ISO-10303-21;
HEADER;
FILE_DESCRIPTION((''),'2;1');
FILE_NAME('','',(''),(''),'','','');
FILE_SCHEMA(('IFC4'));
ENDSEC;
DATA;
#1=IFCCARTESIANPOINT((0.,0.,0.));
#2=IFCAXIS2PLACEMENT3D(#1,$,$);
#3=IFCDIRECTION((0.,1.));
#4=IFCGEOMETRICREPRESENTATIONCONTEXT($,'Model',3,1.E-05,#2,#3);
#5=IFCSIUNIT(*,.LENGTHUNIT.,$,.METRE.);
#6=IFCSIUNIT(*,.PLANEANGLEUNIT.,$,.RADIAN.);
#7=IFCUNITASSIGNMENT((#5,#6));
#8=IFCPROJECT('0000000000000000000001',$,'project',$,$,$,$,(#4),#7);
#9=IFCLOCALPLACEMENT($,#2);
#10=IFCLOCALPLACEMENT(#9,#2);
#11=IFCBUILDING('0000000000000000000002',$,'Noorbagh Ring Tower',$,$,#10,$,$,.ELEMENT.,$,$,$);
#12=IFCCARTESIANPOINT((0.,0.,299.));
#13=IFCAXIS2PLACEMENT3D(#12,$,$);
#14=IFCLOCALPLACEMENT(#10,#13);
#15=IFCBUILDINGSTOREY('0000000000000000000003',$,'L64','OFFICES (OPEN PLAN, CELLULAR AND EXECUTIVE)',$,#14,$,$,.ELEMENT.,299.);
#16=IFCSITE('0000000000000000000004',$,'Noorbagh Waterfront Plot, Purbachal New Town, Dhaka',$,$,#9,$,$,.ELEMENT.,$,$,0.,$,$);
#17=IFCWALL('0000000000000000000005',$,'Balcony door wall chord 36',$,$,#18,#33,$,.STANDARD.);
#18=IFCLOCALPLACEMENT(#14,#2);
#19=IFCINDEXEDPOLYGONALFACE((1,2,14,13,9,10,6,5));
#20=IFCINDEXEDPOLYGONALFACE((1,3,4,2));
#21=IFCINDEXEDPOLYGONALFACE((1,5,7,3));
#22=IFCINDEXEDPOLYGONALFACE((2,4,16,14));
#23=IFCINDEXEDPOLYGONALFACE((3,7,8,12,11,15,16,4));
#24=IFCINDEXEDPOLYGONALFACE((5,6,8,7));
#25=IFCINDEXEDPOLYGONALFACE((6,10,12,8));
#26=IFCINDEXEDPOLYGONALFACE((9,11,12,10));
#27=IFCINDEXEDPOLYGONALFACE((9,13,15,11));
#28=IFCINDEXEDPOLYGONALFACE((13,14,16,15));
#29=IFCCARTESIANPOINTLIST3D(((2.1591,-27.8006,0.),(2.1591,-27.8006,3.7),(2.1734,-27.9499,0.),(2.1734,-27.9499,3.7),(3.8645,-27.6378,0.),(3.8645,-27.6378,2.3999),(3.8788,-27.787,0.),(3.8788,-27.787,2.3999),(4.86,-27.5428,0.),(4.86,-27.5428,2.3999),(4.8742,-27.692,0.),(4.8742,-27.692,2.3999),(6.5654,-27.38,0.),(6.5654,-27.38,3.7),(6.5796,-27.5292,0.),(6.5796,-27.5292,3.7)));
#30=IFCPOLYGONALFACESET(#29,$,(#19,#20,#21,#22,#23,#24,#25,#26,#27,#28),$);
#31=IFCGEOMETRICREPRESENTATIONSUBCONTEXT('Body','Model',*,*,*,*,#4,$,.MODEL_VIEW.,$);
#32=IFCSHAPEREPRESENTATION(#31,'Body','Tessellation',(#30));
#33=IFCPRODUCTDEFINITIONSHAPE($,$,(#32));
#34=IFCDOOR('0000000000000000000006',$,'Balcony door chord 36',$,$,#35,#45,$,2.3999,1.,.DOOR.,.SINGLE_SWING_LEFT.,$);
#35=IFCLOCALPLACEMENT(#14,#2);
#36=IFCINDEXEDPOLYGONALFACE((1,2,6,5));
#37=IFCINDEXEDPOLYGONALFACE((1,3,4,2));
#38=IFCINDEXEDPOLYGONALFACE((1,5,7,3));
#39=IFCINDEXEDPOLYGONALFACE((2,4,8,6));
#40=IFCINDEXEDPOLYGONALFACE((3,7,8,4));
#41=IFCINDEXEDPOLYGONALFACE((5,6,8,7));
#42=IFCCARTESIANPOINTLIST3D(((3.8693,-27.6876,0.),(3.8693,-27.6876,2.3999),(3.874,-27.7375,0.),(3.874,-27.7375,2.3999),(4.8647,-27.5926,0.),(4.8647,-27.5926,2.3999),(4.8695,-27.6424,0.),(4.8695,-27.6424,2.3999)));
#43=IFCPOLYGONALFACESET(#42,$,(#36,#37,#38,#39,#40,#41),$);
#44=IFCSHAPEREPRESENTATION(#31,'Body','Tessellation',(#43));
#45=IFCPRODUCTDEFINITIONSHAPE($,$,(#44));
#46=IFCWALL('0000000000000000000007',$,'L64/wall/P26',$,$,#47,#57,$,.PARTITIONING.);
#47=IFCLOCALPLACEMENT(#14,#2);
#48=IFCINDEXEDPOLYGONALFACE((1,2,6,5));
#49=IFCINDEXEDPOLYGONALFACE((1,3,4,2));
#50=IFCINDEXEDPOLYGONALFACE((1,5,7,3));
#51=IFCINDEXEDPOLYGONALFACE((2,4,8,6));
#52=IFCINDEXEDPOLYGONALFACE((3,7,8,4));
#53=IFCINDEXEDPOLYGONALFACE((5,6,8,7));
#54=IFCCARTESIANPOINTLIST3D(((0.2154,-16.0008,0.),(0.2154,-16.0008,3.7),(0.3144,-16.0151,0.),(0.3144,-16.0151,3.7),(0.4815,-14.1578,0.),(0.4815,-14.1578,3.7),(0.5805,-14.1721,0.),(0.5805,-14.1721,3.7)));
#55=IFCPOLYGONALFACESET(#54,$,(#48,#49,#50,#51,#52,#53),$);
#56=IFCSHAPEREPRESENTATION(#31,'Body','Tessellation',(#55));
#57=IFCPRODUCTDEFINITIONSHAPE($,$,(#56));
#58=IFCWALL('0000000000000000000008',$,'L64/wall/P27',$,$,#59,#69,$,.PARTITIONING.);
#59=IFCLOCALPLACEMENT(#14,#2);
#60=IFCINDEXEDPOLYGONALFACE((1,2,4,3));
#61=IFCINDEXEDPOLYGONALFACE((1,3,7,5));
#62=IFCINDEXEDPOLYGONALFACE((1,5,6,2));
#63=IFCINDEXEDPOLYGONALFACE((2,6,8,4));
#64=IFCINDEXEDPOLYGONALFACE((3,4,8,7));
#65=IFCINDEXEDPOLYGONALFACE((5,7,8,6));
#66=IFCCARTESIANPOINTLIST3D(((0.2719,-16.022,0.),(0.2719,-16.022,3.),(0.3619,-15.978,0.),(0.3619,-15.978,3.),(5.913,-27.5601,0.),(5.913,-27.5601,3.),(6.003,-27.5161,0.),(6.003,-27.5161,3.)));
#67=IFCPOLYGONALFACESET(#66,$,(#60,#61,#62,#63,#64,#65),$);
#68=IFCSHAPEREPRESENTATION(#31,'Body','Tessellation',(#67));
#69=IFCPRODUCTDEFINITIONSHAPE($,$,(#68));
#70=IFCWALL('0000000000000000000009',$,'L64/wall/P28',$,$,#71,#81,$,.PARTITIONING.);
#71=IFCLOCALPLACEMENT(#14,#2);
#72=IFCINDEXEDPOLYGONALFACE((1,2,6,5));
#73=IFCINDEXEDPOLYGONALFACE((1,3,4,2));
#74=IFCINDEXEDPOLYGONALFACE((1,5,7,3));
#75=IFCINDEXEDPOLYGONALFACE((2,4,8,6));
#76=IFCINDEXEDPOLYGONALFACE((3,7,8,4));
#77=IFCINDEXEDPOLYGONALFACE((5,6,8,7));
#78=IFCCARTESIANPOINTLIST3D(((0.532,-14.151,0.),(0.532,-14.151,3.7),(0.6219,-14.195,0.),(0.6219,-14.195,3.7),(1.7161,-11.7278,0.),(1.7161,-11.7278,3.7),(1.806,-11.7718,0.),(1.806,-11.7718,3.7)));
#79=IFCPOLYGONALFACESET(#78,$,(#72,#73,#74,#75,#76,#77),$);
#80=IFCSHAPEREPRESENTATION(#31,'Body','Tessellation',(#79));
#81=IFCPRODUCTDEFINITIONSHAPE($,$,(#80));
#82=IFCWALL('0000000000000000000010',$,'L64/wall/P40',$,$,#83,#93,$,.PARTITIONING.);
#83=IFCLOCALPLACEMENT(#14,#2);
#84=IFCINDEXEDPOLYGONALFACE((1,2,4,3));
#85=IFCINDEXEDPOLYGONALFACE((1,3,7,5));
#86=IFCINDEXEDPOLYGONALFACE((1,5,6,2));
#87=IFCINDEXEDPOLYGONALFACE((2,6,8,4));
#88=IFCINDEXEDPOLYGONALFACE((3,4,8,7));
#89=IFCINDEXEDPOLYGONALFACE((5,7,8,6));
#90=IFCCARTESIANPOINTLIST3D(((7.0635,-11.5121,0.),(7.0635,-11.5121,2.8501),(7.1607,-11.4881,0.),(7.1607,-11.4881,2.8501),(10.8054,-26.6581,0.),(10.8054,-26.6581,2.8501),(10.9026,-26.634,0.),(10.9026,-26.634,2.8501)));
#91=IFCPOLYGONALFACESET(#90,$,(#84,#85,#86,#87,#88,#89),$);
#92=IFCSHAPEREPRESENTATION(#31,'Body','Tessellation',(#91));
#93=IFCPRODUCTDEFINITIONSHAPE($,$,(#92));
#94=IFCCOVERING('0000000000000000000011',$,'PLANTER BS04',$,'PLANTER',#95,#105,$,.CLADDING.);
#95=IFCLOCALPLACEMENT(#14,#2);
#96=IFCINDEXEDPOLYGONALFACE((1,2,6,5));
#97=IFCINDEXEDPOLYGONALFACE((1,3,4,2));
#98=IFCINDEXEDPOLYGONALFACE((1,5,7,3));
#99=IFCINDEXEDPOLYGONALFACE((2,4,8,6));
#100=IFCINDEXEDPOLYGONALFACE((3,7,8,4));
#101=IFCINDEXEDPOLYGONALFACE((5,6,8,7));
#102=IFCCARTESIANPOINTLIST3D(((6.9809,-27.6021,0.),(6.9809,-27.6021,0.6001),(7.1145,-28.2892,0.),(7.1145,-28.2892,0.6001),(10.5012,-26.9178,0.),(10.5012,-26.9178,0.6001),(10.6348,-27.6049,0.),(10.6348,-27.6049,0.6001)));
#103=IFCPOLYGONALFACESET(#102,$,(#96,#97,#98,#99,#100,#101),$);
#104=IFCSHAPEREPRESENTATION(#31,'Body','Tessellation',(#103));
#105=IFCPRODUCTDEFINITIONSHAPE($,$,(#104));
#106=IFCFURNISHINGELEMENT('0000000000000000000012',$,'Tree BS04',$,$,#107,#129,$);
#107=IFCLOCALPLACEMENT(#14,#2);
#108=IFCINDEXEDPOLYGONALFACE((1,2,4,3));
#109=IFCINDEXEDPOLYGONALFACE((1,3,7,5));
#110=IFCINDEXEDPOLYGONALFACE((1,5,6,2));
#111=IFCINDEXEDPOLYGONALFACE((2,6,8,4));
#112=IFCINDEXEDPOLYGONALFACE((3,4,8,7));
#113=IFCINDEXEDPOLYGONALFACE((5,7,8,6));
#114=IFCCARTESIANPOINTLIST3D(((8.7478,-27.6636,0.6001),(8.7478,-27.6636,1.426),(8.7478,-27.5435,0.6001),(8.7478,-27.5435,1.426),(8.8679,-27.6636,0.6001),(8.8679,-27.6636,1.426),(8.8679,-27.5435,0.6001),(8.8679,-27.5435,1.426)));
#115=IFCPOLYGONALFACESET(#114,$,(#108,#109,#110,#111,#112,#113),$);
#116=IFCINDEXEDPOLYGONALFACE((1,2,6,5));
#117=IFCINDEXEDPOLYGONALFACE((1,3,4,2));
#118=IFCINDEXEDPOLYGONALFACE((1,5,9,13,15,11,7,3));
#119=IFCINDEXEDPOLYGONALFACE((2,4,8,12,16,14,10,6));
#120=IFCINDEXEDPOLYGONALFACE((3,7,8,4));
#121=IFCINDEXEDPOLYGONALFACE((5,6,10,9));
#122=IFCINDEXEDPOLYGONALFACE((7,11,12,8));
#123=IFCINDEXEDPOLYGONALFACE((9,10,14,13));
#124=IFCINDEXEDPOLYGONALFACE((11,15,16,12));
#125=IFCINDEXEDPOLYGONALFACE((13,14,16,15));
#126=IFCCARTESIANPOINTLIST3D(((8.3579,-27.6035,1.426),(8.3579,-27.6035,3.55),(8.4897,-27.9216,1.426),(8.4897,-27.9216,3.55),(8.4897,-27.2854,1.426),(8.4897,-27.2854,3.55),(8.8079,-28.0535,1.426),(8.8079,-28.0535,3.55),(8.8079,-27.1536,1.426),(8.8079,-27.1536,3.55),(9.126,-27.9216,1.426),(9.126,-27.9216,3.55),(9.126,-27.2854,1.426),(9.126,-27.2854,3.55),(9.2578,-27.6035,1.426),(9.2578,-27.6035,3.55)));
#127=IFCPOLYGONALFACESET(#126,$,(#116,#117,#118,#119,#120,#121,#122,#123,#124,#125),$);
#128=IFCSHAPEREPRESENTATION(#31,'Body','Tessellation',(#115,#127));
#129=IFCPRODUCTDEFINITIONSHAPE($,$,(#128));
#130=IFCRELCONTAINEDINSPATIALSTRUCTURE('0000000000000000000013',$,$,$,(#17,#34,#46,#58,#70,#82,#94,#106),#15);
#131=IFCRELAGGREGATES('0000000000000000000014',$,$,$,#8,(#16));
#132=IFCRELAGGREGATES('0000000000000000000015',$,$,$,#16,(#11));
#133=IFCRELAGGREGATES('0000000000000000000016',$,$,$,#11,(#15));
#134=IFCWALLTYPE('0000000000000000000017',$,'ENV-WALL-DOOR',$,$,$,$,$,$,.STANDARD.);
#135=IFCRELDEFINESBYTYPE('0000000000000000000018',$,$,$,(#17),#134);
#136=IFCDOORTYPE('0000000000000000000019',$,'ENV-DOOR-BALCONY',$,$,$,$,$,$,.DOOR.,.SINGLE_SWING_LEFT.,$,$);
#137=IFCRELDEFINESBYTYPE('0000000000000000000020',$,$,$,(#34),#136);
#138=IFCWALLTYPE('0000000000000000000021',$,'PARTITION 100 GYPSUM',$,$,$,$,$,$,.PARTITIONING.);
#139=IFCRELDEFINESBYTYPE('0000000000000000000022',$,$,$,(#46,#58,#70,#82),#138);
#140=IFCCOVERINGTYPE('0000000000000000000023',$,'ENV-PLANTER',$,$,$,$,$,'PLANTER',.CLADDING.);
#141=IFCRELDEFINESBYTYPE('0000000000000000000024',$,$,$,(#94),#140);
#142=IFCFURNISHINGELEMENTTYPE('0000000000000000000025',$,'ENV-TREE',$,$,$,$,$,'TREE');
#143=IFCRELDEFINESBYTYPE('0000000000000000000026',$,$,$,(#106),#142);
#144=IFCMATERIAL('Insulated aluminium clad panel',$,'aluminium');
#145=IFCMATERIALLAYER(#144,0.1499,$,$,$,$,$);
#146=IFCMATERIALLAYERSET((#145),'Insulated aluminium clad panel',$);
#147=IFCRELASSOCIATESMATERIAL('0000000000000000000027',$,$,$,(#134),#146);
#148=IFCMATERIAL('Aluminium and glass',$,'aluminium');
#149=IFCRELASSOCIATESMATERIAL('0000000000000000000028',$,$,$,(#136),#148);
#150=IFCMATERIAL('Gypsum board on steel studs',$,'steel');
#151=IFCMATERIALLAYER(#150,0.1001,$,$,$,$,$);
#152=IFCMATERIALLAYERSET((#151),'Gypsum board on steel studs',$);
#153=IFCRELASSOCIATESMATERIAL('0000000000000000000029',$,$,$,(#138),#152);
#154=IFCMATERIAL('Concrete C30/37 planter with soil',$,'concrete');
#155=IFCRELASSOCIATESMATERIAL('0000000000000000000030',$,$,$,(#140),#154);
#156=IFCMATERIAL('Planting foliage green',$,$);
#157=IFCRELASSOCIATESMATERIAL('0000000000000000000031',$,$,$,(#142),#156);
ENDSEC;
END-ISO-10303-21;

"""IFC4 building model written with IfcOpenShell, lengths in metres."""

from ifc_helpers import new_model, si_unit, direction, frame, frame_2d, origin, origin_2d, place, context, subcontext, project, spatial, polyline, rectangle, outline, extrude, material, layer, layer_set, type_object, element, fill, save


model = new_model("IFC4")

# Units and contexts
model_context = context("Model", 3, precision=1e-05, world=origin(), true_north=direction((0.0, 1.0)))
body_context = subcontext(model_context, "Body", "Model", "MODEL_VIEW")
ifc_project = project(units=[si_unit("LENGTHUNIT", "METRE"), si_unit("PLANEANGLEUNIT", "RADIAN")], contexts=[model_context])

# Site, building, storey
site_placement = place(None, origin())
site = spatial("IfcSite", under=ifc_project, at=site_placement, Name="Noorbagh Waterfront Plot, Purbachal New Town, Dhaka", CompositionType="ELEMENT", RefElevation=0.0)
building_placement = place(site_placement, origin())
building = spatial("IfcBuilding", under=site, at=building_placement, Name="Noorbagh Ring Tower", CompositionType="ELEMENT")
storey_placement = place(building_placement, frame((0.0, 0.0, 299.0)))
storey = spatial("IfcBuildingStorey", under=building, at=storey_placement, Name="L64", Description="OFFICES (OPEN PLAN, CELLULAR AND EXECUTIVE)", CompositionType="ELEMENT", Elevation=299.0)

# Wall, opening, door
ifc_material_1 = material(Name="Insulated aluminium clad panel", Category="aluminium")
ifc_layer_1 = layer(ifc_material_1, 0.1499)
ifc_layer_set_1 = layer_set([ifc_layer_1], Name="Insulated aluminium clad panel")
wall_type_1 = type_object("IfcWallType", Name="ENV-WALL-DOOR", PredefinedType="STANDARD", material=ifc_layer_set_1)
wall_1_placement = place(storey_placement, frame((2.1663, -27.8752, 0.0), z_axis=(0.0, 0.0, 1.0), x_axis=(0.995474, 0.095036, 0.0)))
wall_1 = element("IfcWall", 1, at=wall_1_placement, inside=storey, type_object=wall_type_1, Name="Balcony door wall chord 36", PredefinedType="STANDARD", context=body_context, shape_type="SweptSolid", body=[
    extrude(rectangle(XDim=4.4263, YDim=0.1499, at=frame_2d((2.2131, 0.0))), origin(), (0.0, 0.0, 1.0), 3.7),
])
opening_1_placement = place(wall_1_placement, frame((1.7131, 0.0, 0.0)))
opening_1 = element("IfcOpeningElement", 2, at=opening_1_placement, cuts=wall_1, PredefinedType="OPENING", context=body_context, shape_type="SweptSolid", body=[
    extrude(rectangle(XDim=1.0, YDim=2.3999, at=frame_2d((0.5, 1.2))), frame((0.0, 0.085, 0.0), z_axis=(0.0, -1.0, 0.0), x_axis=(1.0, 0.0, 0.0)), (0.0, 0.0, 1.0), 0.1699),
])
ifc_material_2 = material(Name="Aluminium and glass", Category="aluminium")
door_type_1 = type_object("IfcDoorType", Name="ENV-DOOR-BALCONY", OperationType="SINGLE_SWING_LEFT", PredefinedType="DOOR", material=ifc_material_2)
door_1_placement = place(opening_1_placement, origin())
door_1 = element("IfcDoor", 3, at=door_1_placement, inside=storey, type_object=door_type_1, Name="Balcony door chord 36", OperationType="SINGLE_SWING_LEFT", OverallHeight=2.3999, OverallWidth=1.0, PredefinedType="DOOR", context=body_context, shape_type="SweptSolid", body=[
    extrude(rectangle(XDim=1.0, YDim=2.3999, at=frame_2d((0.5, 1.2))), frame((0.0, 0.0249, 0.0), z_axis=(0.0, -1.0, 0.0), x_axis=(1.0, 0.0, 0.0)), (0.0, 0.0, 1.0), 0.05),
])
fill(opening_1, door_1)

# Walls
ifc_material_3 = material(Name="Gypsum board on steel studs", Category="steel")
ifc_layer_2 = layer(ifc_material_3, 0.1001)
ifc_layer_set_2 = layer_set([ifc_layer_2], Name="Gypsum board on steel studs")
wall_type_2 = type_object("IfcWallType", Name="PARTITION 100 GYPSUM", PredefinedType="PARTITIONING", material=ifc_layer_set_2)
wall_2_placement = place(storey_placement, frame((0.2649, -16.0081, 0.0), z_axis=(0.0, 0.0, 1.0), x_axis=(0.142908, 0.989736, 0.0)))
element("IfcWall", 4, at=wall_2_placement, inside=storey, type_object=wall_type_2, Name="L64/wall/P26", PredefinedType="PARTITIONING", context=body_context, shape_type="SweptSolid", body=[
    extrude(rectangle(XDim=1.8621, YDim=0.1001, at=frame_2d((0.9312, 0.0))), origin(), (0.0, 0.0, 1.0), 3.7),
])
wall_3_placement = place(storey_placement, frame((0.3169, -16.0, 0.0), z_axis=(0.0, 0.0, 1.0), x_axis=(0.439227, -0.898376, 0.0)))
element("IfcWall", 5, at=wall_3_placement, inside=storey, type_object=wall_type_2, Name="L64/wall/P27", PredefinedType="PARTITIONING", context=body_context, shape_type="SweptSolid", body=[
    extrude(rectangle(XDim=12.8433, YDim=0.1001, at=frame_2d((6.4216, 0.0))), origin(), (0.0, 0.0, 1.0), 3.0),
])
wall_4_placement = place(storey_placement, frame((0.5769, -14.1731, 0.0), z_axis=(0.0, 0.0, 1.0), x_axis=(0.439048, 0.898464, 0.0)))
element("IfcWall", 6, at=wall_4_placement, inside=storey, type_object=wall_type_2, Name="L64/wall/P28", PredefinedType="PARTITIONING", context=body_context, shape_type="SweptSolid", body=[
    extrude(rectangle(XDim=2.697, YDim=0.1001, at=frame_2d((1.3486, 0.0))), origin(), (0.0, 0.0, 1.0), 3.7),
])
wall_5_placement = place(storey_placement, frame((7.1121, -11.5, 0.0), z_axis=(0.0, 0.0, 1.0), x_axis=(0.239847, -0.970811, 0.0)))
element("IfcWall", 7, at=wall_5_placement, inside=storey, type_object=wall_type_2, Name="L64/wall/P40", PredefinedType="PARTITIONING", context=body_context, shape_type="SweptSolid", body=[
    extrude(rectangle(XDim=15.6013, YDim=0.1001, at=frame_2d((7.8008, 0.0))), origin(), (0.0, 0.0, 1.0), 2.8501),
])

# Covering
ifc_material_4 = material(Name="Concrete C30/37 planter with soil", Category="concrete")
covering_type = type_object("IfcCoveringType", Name="ENV-PLANTER", ElementType="PLANTER", PredefinedType="CLADDING", material=ifc_material_4)
covering_placement = place(storey_placement, frame((8.8079, -27.6035, 0.0), z_axis=(0.0, 0.0, 1.0), x_axis=(0.981625, 0.19082, 0.0)))
element("IfcCovering", 8, at=covering_placement, inside=storey, type_object=covering_type, Name="PLANTER BS04", ObjectType="PLANTER", PredefinedType="CLADDING", context=body_context, shape_type="SweptSolid", body=[
    extrude(rectangle(XDim=3.5862, YDim=0.7, at=origin_2d()), origin(), (0.0, 0.0, 1.0), 0.6001),
])

# Furnishing element
ifc_material_5 = material(Name="Planting foliage green")
furnishing_element_type = type_object("IfcFurnishingElementType", Name="ENV-TREE", ElementType="TREE", material=ifc_material_5)
furnishing_placement = place(storey_placement, frame((8.8079, -27.6035, 0.6001), z_axis=(0.0, 0.0, 1.0), x_axis=(1.0, 0.0, 0.0)))
element("IfcFurnishingElement", 9, at=furnishing_placement, inside=storey, type_object=furnishing_element_type, Name="Tree BS04", context=body_context, shape_type="SweptSolid", body=[
    extrude(rectangle(XDim=0.1201, YDim=0.1201, at=origin_2d()), origin(), (0.0, 0.0, 1.0), 0.8259),
    extrude(outline(polyline([(0.45, 0.0), (0.3181, 0.3181), (0.0, 0.45), (-0.3181, 0.3181), (-0.45, 0.0), (-0.3181, -0.3181), (0.0, -0.45), (0.3181, -0.3181), (0.45, 0.0)])), frame((0.0, 0.0, 0.8259)), (0.0, 0.0, 1.0), 2.124),
])

save(model, "model.ifc")
